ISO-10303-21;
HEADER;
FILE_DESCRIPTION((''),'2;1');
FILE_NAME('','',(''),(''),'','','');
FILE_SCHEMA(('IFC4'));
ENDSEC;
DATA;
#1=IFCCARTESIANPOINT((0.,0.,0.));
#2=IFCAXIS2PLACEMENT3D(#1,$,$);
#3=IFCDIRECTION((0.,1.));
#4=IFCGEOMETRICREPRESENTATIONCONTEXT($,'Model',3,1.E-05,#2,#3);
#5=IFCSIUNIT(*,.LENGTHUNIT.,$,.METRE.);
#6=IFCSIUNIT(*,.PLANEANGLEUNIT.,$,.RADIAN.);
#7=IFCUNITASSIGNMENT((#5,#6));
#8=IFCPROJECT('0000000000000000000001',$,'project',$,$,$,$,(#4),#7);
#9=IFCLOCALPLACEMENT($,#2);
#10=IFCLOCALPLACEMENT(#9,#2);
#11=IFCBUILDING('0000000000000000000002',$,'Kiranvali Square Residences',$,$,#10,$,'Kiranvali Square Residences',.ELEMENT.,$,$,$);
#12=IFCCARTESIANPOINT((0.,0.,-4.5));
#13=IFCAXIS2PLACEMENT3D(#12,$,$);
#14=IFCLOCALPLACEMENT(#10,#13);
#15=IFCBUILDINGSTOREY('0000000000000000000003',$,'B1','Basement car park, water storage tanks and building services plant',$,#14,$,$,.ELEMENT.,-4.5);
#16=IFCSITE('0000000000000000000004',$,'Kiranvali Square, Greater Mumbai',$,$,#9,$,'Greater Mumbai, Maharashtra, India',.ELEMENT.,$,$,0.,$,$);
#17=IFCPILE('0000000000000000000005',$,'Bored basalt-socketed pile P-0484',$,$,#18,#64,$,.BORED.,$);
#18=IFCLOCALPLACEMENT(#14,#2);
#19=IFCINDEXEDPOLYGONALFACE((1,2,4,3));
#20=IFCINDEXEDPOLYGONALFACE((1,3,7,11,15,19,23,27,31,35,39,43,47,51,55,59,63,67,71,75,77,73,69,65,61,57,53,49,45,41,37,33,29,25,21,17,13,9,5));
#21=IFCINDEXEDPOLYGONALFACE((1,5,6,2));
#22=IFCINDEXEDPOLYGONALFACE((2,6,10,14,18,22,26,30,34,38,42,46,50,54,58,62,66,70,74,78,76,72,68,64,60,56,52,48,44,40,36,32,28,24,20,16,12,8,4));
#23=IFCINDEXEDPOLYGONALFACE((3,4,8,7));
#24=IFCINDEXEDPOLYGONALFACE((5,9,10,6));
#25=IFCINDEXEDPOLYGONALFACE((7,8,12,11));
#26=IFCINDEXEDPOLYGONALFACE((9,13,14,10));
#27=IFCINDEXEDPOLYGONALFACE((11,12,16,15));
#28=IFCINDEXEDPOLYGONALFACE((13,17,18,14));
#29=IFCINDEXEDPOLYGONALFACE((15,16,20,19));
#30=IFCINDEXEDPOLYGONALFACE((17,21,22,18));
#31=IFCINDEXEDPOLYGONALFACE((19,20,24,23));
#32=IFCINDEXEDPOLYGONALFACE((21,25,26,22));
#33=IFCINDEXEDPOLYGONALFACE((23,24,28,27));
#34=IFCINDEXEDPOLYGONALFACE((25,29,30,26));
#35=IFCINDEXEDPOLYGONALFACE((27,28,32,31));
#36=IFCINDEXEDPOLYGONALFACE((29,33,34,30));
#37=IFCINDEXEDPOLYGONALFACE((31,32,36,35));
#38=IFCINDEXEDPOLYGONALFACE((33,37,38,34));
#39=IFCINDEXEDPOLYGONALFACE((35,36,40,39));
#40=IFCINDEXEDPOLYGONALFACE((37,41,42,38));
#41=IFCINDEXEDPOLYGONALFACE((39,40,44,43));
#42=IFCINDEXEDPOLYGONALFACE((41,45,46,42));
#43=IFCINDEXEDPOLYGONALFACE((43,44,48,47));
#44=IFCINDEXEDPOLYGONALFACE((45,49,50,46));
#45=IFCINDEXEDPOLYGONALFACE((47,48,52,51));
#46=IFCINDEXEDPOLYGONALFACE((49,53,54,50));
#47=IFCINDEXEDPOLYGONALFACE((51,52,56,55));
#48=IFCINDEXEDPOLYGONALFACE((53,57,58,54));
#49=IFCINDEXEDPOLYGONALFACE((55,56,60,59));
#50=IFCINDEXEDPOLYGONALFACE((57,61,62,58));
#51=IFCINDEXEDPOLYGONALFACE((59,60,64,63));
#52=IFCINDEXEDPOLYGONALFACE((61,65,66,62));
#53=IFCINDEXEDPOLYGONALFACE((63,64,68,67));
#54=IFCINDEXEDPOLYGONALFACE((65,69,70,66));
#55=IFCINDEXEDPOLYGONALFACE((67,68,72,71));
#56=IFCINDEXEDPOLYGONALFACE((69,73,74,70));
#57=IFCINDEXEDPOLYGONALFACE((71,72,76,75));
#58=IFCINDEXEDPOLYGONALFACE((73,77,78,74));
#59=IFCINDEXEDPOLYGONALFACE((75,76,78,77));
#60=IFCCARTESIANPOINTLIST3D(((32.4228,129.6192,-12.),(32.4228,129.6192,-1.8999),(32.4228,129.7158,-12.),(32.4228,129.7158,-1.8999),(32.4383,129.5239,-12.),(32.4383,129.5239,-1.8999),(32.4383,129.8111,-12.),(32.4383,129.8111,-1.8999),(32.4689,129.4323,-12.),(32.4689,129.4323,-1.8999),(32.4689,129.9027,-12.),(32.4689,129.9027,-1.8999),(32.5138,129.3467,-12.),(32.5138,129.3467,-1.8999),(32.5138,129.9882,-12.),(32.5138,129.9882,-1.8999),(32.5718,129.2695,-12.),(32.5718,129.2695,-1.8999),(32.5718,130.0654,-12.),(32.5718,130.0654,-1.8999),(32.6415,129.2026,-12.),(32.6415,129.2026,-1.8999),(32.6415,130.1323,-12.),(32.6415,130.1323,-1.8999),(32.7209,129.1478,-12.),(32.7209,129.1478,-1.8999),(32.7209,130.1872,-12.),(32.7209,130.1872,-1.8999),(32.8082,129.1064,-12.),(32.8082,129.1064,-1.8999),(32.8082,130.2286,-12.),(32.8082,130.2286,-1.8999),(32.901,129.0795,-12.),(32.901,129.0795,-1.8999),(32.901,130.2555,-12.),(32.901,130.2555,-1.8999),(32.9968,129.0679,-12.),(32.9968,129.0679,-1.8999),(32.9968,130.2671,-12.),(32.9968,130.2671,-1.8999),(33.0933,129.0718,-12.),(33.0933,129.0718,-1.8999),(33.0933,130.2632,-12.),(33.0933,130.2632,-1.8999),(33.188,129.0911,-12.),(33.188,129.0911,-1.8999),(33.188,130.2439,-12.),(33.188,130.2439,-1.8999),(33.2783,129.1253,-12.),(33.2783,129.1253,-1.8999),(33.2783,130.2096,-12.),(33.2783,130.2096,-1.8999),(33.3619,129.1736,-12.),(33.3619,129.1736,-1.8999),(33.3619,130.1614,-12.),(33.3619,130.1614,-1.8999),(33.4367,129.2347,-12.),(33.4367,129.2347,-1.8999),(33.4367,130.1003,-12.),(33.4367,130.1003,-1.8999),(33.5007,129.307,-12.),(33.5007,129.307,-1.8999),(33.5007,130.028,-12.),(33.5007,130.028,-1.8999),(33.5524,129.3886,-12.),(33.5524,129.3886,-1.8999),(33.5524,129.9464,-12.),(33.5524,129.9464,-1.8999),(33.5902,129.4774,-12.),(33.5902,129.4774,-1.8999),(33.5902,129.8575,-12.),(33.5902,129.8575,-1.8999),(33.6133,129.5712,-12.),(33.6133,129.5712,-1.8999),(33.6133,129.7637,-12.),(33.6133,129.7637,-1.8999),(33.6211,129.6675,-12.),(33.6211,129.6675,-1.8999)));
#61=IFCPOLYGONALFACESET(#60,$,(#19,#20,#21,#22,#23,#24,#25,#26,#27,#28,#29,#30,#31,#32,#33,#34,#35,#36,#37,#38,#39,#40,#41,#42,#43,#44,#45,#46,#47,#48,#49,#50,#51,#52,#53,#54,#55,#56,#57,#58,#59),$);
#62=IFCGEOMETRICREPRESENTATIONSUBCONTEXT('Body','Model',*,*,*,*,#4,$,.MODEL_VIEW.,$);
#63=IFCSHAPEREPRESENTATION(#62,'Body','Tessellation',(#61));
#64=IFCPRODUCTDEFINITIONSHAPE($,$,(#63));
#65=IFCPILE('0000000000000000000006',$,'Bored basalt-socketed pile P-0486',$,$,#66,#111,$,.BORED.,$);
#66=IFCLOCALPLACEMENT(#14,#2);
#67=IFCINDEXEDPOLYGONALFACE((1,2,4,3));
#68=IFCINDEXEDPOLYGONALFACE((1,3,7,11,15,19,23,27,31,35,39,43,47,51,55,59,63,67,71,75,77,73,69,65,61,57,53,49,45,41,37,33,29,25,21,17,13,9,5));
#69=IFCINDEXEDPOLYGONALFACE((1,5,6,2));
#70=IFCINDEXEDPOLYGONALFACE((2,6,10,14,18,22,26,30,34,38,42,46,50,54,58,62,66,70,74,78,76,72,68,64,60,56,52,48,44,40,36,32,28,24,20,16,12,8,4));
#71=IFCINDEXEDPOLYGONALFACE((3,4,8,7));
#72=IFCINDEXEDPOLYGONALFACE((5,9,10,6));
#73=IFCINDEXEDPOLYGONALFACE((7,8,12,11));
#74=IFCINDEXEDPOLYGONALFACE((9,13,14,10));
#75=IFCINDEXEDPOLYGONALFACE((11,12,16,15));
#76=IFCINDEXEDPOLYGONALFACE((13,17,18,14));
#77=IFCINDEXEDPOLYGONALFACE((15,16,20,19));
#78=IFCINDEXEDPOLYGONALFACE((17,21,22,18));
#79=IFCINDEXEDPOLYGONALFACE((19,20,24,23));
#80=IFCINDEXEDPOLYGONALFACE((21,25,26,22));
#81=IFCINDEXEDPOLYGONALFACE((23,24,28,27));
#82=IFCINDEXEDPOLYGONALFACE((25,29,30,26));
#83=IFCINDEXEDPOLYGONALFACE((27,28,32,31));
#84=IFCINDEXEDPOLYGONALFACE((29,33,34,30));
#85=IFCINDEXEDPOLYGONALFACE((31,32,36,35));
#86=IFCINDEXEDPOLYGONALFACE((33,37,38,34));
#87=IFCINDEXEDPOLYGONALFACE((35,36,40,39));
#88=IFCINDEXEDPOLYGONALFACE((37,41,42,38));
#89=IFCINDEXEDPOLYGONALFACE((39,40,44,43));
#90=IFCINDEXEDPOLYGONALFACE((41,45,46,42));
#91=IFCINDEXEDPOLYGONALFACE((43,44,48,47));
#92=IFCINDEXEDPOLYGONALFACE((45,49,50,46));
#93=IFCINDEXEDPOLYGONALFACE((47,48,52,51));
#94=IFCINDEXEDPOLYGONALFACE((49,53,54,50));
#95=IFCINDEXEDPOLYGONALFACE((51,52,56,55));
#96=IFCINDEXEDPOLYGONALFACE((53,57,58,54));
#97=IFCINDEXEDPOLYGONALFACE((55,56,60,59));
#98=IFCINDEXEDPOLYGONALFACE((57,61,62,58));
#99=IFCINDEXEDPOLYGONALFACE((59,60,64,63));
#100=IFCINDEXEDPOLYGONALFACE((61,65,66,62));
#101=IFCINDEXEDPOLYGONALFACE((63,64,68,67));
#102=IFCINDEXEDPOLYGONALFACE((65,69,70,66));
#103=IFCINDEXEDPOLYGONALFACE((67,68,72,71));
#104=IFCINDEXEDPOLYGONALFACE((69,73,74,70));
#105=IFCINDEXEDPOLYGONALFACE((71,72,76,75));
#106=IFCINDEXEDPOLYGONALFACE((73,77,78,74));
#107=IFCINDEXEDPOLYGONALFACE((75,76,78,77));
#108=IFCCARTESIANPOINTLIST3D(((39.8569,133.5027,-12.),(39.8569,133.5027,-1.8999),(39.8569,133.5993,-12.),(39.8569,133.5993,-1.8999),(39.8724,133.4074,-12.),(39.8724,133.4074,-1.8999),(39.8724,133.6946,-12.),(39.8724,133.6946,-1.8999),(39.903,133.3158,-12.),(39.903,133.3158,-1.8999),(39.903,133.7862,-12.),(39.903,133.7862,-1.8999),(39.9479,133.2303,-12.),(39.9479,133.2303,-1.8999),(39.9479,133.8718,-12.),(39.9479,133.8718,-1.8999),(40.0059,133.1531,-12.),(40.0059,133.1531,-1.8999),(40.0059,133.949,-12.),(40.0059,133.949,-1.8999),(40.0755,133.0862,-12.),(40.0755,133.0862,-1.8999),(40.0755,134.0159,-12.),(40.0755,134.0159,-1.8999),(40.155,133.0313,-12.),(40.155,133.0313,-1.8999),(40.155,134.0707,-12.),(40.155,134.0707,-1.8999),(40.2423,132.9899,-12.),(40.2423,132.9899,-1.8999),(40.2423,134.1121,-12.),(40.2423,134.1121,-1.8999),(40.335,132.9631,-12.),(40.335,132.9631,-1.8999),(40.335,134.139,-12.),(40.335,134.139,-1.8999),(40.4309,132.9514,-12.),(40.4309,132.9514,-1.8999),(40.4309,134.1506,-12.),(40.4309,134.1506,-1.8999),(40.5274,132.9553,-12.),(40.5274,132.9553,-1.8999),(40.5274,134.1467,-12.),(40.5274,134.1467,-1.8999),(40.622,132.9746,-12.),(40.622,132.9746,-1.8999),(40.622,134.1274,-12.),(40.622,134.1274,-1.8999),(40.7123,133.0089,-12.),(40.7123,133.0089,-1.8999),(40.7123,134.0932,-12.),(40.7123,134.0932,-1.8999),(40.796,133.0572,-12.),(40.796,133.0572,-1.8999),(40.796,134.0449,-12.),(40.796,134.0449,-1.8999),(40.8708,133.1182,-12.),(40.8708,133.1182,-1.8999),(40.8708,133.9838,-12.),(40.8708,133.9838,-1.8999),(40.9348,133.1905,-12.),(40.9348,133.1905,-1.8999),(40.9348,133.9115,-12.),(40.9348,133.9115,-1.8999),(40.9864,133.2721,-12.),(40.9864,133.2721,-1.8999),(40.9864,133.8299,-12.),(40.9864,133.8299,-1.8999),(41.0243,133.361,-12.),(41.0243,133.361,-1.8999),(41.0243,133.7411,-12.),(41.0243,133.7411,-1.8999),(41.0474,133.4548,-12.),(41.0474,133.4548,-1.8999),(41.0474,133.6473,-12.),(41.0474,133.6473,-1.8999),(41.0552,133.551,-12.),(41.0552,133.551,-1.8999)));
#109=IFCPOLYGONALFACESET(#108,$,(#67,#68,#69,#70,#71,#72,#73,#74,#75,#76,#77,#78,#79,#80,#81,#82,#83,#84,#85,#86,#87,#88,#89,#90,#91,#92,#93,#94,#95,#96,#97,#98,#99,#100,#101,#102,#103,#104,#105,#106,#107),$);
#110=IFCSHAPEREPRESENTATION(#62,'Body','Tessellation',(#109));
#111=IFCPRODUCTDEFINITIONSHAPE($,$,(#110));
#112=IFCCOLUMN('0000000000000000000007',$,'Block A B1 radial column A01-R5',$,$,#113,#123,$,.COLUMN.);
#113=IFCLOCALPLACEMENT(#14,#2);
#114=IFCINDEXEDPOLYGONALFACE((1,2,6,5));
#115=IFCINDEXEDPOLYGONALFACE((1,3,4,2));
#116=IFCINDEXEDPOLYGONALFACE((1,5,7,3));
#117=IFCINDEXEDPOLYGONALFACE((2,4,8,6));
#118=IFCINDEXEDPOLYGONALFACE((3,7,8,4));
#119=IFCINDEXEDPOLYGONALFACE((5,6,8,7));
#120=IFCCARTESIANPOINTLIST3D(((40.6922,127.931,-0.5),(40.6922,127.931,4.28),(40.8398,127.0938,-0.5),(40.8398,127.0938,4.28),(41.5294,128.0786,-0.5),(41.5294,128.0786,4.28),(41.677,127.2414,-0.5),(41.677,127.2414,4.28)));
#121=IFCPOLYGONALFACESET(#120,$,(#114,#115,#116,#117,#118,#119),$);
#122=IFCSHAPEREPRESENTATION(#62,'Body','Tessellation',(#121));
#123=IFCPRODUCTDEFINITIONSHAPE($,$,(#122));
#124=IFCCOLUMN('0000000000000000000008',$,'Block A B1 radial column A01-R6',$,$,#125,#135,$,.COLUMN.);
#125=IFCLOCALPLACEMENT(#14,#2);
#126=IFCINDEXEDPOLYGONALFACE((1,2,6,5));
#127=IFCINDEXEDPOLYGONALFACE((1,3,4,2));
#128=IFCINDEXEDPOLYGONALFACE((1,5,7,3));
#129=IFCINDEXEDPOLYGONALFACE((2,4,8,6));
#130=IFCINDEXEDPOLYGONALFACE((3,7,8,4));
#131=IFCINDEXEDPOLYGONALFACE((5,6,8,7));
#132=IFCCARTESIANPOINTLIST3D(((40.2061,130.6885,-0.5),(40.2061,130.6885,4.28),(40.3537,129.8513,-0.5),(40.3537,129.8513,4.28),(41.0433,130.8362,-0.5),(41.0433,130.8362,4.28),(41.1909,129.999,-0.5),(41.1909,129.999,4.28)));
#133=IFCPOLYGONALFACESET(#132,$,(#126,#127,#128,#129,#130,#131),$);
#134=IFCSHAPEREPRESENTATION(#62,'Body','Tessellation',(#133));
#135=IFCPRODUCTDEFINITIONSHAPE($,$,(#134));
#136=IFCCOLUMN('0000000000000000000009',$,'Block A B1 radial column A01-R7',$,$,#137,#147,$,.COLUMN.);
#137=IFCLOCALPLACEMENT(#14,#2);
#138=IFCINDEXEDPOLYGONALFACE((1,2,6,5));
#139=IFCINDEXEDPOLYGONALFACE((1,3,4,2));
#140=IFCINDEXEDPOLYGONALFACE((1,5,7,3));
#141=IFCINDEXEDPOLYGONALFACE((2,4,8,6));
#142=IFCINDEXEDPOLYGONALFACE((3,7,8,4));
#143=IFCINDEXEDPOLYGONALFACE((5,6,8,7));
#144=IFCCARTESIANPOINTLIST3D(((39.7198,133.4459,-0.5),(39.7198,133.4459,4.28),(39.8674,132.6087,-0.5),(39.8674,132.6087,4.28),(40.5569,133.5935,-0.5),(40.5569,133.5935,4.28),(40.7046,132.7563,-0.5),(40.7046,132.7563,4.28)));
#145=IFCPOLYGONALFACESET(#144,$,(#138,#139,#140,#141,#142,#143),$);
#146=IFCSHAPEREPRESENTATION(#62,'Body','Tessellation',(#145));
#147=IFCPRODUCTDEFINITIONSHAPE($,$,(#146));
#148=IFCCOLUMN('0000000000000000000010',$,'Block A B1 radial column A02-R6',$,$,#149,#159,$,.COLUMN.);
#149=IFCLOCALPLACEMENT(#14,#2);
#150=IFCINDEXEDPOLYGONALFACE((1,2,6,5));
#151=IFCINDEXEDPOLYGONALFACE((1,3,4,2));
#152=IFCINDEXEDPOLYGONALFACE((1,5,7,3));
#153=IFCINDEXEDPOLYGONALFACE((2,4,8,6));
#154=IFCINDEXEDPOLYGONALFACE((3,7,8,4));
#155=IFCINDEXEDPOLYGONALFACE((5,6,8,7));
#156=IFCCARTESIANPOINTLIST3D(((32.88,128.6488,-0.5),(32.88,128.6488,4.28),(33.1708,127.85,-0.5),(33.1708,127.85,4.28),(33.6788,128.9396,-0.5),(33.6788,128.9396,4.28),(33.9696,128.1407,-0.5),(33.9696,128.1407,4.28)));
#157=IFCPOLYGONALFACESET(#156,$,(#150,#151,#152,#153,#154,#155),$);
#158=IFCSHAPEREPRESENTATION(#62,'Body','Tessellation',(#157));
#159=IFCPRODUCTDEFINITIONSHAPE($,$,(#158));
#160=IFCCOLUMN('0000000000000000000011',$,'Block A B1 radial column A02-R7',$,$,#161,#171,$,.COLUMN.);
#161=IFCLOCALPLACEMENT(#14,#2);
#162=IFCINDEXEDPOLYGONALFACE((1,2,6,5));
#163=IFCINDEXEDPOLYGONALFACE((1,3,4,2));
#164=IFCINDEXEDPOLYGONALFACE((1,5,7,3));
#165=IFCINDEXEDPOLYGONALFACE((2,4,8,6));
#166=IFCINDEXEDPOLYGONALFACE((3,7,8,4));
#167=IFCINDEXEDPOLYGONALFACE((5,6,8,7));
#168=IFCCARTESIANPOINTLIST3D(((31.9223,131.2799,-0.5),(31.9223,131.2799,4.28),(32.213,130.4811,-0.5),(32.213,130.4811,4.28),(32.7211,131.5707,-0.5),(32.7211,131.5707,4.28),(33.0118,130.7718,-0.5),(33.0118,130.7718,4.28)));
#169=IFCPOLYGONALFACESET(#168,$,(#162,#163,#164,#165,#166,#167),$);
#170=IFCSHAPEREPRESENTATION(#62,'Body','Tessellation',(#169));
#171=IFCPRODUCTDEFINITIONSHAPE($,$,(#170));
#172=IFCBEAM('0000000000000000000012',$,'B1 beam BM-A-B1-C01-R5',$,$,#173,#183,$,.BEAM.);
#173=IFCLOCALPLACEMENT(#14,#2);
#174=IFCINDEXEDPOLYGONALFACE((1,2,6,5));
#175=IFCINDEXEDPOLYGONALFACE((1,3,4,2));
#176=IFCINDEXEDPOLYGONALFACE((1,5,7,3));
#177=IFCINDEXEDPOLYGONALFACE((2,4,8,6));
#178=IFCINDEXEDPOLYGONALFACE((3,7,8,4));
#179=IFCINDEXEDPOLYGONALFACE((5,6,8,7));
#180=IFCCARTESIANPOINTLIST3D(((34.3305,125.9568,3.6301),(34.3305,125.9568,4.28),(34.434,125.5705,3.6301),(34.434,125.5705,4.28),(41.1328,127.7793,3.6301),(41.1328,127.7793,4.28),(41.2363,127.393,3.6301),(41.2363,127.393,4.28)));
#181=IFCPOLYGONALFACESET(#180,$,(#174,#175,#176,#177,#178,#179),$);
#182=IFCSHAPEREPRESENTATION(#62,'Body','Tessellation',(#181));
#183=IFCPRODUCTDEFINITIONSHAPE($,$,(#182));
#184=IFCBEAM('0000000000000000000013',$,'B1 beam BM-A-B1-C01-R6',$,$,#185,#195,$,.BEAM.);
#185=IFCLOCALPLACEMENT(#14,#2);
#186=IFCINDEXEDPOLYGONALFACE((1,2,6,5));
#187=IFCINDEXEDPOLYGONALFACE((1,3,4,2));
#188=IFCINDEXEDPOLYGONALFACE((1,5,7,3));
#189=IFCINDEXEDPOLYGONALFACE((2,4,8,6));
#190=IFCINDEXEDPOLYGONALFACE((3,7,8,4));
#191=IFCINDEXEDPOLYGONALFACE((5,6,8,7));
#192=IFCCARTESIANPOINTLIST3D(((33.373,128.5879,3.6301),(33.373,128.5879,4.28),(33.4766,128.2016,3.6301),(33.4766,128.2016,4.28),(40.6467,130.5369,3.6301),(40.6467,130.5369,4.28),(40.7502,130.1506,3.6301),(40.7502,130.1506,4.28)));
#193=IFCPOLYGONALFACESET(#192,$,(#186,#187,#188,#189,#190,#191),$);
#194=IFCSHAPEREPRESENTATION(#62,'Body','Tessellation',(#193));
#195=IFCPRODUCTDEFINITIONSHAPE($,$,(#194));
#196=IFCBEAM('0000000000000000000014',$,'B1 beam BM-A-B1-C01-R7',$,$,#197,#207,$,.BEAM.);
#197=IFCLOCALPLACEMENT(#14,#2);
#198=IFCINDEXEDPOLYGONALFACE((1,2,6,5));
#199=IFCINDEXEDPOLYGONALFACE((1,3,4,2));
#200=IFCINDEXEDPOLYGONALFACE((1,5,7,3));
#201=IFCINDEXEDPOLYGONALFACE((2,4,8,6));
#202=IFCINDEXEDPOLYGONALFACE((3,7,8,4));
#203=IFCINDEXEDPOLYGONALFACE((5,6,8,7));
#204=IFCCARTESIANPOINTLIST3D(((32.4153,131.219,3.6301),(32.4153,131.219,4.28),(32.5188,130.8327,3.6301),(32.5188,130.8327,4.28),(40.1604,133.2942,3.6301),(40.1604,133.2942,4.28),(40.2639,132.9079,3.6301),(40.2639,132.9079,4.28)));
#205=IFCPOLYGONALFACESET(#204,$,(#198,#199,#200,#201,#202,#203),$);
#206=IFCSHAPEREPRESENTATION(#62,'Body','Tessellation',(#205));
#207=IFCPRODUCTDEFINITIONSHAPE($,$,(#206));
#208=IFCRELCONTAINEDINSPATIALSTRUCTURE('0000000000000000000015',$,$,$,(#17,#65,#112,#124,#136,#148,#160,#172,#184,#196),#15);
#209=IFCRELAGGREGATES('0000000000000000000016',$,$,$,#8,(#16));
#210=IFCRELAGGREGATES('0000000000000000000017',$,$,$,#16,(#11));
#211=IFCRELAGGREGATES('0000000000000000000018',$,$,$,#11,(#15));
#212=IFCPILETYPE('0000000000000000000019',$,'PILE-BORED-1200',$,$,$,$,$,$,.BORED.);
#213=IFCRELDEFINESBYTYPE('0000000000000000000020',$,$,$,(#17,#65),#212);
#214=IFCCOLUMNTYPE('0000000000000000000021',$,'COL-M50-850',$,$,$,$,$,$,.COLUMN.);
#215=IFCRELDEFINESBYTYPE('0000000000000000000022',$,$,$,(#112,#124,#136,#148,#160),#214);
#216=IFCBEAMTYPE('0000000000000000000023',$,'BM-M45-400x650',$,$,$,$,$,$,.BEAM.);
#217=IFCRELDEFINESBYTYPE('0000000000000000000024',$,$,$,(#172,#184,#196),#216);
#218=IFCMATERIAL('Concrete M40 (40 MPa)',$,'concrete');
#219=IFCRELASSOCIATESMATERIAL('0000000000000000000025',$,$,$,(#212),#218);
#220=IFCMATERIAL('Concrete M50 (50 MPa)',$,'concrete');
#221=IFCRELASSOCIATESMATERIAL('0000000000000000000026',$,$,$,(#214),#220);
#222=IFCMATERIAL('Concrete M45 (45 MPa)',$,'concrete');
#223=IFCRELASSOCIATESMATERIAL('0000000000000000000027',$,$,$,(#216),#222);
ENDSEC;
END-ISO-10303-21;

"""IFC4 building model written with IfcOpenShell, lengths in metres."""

from ifc_helpers import new_model, si_unit, direction, frame, origin, origin_2d, place, context, subcontext, project, spatial, rectangle, circle, extrude, material, material_profile, profile_set, type_object, element, save


model = new_model("IFC4")

# Units and contexts
model_context = context("Model", 3, precision=1e-05, world=origin(), true_north=direction((0.0, 1.0)))
body_context = subcontext(model_context, "Body", "Model", "MODEL_VIEW")
ifc_project = project(units=[si_unit("LENGTHUNIT", "METRE"), si_unit("PLANEANGLEUNIT", "RADIAN")], contexts=[model_context])

# Site, building, storey
site_placement = place(None, origin())
site = spatial("IfcSite", under=ifc_project, at=site_placement, Name="Kiranvali Square, Greater Mumbai", LongName="Greater Mumbai, Maharashtra, India", CompositionType="ELEMENT", RefElevation=0.0)
building_placement = place(site_placement, origin())
building = spatial("IfcBuilding", under=site, at=building_placement, Name="Kiranvali Square Residences", LongName="Kiranvali Square Residences", CompositionType="ELEMENT")
storey_placement = place(building_placement, frame((0.0, 0.0, -4.5)))
storey = spatial("IfcBuildingStorey", under=building, at=storey_placement, Name="B1", Description="Basement car park, water storage tanks and building services plant", CompositionType="ELEMENT", Elevation=-4.5)

# Shared definitions
ifc_material_1 = material(Name="Concrete M40 (40 MPa)", Category="concrete")

# Piles
ifc_material_profile_1 = material_profile(ifc_material_1, circle(Radius=0.6001, at=origin_2d()), Name="BORED PILE 1200")
ifc_profile_set_1 = profile_set([ifc_material_profile_1], Name="Concrete M40 (40 MPa)")
pile_type = type_object("IfcPileType", Name="PILE-BORED-1200", PredefinedType="BORED", material=ifc_profile_set_1)
for number, where, z_axis, x_axis, name in (
    (1, (33.021, 129.6675, -1.8999), (0.0, 0.0, -1.0), (1.0, 0.0, 0.0), "Bored basalt-socketed pile P-0484"),
    (2, (40.4551, 133.551, -1.8999), (0.0, 0.0, -1.0), (1.0, 0.0, 0.0), "Bored basalt-socketed pile P-0486"),
):
    element("IfcPile", number, at=place(storey_placement, frame(where, z_axis=z_axis, x_axis=x_axis)), inside=storey, type_object=pile_type, Name=name, PredefinedType="BORED", context=body_context, shape_type="SweptSolid", body=[
        extrude(circle(Radius=0.6001, at=origin_2d()), origin(), (0.0, 0.0, 1.0), 10.1001),
    ])

# Columns
ifc_material_2 = material(Name="Concrete M50 (50 MPa)", Category="concrete")
ifc_material_profile_2 = material_profile(ifc_material_2, rectangle(XDim=0.8501, YDim=0.8501, at=origin_2d()), Name="RC 850x850")
ifc_profile_set_2 = profile_set([ifc_material_profile_2], Name="Concrete M50 (50 MPa)")
column_type = type_object("IfcColumnType", Name="COL-M50-850", PredefinedType="COLUMN", material=ifc_profile_set_2)
for number, where, z_axis, x_axis, name in (
    (3, (41.1846, 127.5862, -0.5), (0.0, 0.0, 1.0), (0.984808, 0.173648, 0.0), "Block A B1 radial column A01-R5"),
    (4, (40.6985, 130.3438, -0.5), (0.0, 0.0, 1.0), (0.984808, 0.173648, 0.0), "Block A B1 radial column A01-R6"),
    (5, (40.2122, 133.1011, -0.5), (0.0, 0.0, 1.0), (0.984808, 0.173648, 0.0), "Block A B1 radial column A01-R7"),
    (6, (33.4248, 128.3948, -0.5), (0.0, 0.0, 1.0), (0.939693, 0.34202, 0.0), "Block A B1 radial column A02-R6"),
    (7, (32.467, 131.0259, -0.5), (0.0, 0.0, 1.0), (0.939693, 0.34202, 0.0), "Block A B1 radial column A02-R7"),
):
    element("IfcColumn", number, at=place(storey_placement, frame(where, z_axis=z_axis, x_axis=x_axis)), inside=storey, type_object=column_type, Name=name, PredefinedType="COLUMN", context=body_context, shape_type="SweptSolid", body=[
        extrude(rectangle(XDim=0.8501, YDim=0.8501, at=origin_2d()), origin(), (0.0, 0.0, 1.0), 4.78),
    ])

# Beams
ifc_material_3 = material(Name="Concrete M45 (45 MPa)", Category="concrete")
ifc_material_profile_3 = material_profile(ifc_material_3, rectangle(XDim=0.3999, YDim=0.6499, at=origin_2d()), Name="RC 400x650")
ifc_profile_set_3 = profile_set([ifc_material_profile_3], Name="Concrete M45 (45 MPa)")
beam_type = type_object("IfcBeamType", Name="BM-M45-400x650", PredefinedType="BEAM", material=ifc_profile_set_3)
beam_1_placement = place(storey_placement, frame((41.1846, 127.5862, 3.9551), z_axis=(-0.965931, -0.2588, 0.0), x_axis=(0.2588, -0.965931, 0.0)))
element("IfcBeam", 8, at=beam_1_placement, inside=storey, type_object=beam_type, Name="B1 beam BM-A-B1-C01-R5", PredefinedType="BEAM", context=body_context, shape_type="SweptSolid", body=[
    extrude(rectangle(XDim=0.3999, YDim=0.6499, at=origin_2d()), origin(), (0.0, 0.0, 1.0), 7.0422),
])
beam_2_placement = place(storey_placement, frame((40.6985, 130.3438, 3.9551), z_axis=(-0.965926, -0.258819, 0.0), x_axis=(0.258819, -0.965926, 0.0)))
element("IfcBeam", 9, at=beam_2_placement, inside=storey, type_object=beam_type, Name="B1 beam BM-A-B1-C01-R6", PredefinedType="BEAM", context=body_context, shape_type="SweptSolid", body=[
    extrude(rectangle(XDim=0.3999, YDim=0.6499, at=origin_2d()), origin(), (0.0, 0.0, 1.0), 7.5303),
])
beam_3_placement = place(storey_placement, frame((40.2122, 133.1011, 3.9551), z_axis=(-0.965929, -0.258807, 0.0), x_axis=(0.258807, -0.965929, 0.0)))
element("IfcBeam", 10, at=beam_3_placement, inside=storey, type_object=beam_type, Name="B1 beam BM-A-B1-C01-R7", PredefinedType="BEAM", context=body_context, shape_type="SweptSolid", body=[
    extrude(rectangle(XDim=0.3999, YDim=0.6499, at=origin_2d()), origin(), (0.0, 0.0, 1.0), 8.0183),
])

save(model, "model.ifc")
